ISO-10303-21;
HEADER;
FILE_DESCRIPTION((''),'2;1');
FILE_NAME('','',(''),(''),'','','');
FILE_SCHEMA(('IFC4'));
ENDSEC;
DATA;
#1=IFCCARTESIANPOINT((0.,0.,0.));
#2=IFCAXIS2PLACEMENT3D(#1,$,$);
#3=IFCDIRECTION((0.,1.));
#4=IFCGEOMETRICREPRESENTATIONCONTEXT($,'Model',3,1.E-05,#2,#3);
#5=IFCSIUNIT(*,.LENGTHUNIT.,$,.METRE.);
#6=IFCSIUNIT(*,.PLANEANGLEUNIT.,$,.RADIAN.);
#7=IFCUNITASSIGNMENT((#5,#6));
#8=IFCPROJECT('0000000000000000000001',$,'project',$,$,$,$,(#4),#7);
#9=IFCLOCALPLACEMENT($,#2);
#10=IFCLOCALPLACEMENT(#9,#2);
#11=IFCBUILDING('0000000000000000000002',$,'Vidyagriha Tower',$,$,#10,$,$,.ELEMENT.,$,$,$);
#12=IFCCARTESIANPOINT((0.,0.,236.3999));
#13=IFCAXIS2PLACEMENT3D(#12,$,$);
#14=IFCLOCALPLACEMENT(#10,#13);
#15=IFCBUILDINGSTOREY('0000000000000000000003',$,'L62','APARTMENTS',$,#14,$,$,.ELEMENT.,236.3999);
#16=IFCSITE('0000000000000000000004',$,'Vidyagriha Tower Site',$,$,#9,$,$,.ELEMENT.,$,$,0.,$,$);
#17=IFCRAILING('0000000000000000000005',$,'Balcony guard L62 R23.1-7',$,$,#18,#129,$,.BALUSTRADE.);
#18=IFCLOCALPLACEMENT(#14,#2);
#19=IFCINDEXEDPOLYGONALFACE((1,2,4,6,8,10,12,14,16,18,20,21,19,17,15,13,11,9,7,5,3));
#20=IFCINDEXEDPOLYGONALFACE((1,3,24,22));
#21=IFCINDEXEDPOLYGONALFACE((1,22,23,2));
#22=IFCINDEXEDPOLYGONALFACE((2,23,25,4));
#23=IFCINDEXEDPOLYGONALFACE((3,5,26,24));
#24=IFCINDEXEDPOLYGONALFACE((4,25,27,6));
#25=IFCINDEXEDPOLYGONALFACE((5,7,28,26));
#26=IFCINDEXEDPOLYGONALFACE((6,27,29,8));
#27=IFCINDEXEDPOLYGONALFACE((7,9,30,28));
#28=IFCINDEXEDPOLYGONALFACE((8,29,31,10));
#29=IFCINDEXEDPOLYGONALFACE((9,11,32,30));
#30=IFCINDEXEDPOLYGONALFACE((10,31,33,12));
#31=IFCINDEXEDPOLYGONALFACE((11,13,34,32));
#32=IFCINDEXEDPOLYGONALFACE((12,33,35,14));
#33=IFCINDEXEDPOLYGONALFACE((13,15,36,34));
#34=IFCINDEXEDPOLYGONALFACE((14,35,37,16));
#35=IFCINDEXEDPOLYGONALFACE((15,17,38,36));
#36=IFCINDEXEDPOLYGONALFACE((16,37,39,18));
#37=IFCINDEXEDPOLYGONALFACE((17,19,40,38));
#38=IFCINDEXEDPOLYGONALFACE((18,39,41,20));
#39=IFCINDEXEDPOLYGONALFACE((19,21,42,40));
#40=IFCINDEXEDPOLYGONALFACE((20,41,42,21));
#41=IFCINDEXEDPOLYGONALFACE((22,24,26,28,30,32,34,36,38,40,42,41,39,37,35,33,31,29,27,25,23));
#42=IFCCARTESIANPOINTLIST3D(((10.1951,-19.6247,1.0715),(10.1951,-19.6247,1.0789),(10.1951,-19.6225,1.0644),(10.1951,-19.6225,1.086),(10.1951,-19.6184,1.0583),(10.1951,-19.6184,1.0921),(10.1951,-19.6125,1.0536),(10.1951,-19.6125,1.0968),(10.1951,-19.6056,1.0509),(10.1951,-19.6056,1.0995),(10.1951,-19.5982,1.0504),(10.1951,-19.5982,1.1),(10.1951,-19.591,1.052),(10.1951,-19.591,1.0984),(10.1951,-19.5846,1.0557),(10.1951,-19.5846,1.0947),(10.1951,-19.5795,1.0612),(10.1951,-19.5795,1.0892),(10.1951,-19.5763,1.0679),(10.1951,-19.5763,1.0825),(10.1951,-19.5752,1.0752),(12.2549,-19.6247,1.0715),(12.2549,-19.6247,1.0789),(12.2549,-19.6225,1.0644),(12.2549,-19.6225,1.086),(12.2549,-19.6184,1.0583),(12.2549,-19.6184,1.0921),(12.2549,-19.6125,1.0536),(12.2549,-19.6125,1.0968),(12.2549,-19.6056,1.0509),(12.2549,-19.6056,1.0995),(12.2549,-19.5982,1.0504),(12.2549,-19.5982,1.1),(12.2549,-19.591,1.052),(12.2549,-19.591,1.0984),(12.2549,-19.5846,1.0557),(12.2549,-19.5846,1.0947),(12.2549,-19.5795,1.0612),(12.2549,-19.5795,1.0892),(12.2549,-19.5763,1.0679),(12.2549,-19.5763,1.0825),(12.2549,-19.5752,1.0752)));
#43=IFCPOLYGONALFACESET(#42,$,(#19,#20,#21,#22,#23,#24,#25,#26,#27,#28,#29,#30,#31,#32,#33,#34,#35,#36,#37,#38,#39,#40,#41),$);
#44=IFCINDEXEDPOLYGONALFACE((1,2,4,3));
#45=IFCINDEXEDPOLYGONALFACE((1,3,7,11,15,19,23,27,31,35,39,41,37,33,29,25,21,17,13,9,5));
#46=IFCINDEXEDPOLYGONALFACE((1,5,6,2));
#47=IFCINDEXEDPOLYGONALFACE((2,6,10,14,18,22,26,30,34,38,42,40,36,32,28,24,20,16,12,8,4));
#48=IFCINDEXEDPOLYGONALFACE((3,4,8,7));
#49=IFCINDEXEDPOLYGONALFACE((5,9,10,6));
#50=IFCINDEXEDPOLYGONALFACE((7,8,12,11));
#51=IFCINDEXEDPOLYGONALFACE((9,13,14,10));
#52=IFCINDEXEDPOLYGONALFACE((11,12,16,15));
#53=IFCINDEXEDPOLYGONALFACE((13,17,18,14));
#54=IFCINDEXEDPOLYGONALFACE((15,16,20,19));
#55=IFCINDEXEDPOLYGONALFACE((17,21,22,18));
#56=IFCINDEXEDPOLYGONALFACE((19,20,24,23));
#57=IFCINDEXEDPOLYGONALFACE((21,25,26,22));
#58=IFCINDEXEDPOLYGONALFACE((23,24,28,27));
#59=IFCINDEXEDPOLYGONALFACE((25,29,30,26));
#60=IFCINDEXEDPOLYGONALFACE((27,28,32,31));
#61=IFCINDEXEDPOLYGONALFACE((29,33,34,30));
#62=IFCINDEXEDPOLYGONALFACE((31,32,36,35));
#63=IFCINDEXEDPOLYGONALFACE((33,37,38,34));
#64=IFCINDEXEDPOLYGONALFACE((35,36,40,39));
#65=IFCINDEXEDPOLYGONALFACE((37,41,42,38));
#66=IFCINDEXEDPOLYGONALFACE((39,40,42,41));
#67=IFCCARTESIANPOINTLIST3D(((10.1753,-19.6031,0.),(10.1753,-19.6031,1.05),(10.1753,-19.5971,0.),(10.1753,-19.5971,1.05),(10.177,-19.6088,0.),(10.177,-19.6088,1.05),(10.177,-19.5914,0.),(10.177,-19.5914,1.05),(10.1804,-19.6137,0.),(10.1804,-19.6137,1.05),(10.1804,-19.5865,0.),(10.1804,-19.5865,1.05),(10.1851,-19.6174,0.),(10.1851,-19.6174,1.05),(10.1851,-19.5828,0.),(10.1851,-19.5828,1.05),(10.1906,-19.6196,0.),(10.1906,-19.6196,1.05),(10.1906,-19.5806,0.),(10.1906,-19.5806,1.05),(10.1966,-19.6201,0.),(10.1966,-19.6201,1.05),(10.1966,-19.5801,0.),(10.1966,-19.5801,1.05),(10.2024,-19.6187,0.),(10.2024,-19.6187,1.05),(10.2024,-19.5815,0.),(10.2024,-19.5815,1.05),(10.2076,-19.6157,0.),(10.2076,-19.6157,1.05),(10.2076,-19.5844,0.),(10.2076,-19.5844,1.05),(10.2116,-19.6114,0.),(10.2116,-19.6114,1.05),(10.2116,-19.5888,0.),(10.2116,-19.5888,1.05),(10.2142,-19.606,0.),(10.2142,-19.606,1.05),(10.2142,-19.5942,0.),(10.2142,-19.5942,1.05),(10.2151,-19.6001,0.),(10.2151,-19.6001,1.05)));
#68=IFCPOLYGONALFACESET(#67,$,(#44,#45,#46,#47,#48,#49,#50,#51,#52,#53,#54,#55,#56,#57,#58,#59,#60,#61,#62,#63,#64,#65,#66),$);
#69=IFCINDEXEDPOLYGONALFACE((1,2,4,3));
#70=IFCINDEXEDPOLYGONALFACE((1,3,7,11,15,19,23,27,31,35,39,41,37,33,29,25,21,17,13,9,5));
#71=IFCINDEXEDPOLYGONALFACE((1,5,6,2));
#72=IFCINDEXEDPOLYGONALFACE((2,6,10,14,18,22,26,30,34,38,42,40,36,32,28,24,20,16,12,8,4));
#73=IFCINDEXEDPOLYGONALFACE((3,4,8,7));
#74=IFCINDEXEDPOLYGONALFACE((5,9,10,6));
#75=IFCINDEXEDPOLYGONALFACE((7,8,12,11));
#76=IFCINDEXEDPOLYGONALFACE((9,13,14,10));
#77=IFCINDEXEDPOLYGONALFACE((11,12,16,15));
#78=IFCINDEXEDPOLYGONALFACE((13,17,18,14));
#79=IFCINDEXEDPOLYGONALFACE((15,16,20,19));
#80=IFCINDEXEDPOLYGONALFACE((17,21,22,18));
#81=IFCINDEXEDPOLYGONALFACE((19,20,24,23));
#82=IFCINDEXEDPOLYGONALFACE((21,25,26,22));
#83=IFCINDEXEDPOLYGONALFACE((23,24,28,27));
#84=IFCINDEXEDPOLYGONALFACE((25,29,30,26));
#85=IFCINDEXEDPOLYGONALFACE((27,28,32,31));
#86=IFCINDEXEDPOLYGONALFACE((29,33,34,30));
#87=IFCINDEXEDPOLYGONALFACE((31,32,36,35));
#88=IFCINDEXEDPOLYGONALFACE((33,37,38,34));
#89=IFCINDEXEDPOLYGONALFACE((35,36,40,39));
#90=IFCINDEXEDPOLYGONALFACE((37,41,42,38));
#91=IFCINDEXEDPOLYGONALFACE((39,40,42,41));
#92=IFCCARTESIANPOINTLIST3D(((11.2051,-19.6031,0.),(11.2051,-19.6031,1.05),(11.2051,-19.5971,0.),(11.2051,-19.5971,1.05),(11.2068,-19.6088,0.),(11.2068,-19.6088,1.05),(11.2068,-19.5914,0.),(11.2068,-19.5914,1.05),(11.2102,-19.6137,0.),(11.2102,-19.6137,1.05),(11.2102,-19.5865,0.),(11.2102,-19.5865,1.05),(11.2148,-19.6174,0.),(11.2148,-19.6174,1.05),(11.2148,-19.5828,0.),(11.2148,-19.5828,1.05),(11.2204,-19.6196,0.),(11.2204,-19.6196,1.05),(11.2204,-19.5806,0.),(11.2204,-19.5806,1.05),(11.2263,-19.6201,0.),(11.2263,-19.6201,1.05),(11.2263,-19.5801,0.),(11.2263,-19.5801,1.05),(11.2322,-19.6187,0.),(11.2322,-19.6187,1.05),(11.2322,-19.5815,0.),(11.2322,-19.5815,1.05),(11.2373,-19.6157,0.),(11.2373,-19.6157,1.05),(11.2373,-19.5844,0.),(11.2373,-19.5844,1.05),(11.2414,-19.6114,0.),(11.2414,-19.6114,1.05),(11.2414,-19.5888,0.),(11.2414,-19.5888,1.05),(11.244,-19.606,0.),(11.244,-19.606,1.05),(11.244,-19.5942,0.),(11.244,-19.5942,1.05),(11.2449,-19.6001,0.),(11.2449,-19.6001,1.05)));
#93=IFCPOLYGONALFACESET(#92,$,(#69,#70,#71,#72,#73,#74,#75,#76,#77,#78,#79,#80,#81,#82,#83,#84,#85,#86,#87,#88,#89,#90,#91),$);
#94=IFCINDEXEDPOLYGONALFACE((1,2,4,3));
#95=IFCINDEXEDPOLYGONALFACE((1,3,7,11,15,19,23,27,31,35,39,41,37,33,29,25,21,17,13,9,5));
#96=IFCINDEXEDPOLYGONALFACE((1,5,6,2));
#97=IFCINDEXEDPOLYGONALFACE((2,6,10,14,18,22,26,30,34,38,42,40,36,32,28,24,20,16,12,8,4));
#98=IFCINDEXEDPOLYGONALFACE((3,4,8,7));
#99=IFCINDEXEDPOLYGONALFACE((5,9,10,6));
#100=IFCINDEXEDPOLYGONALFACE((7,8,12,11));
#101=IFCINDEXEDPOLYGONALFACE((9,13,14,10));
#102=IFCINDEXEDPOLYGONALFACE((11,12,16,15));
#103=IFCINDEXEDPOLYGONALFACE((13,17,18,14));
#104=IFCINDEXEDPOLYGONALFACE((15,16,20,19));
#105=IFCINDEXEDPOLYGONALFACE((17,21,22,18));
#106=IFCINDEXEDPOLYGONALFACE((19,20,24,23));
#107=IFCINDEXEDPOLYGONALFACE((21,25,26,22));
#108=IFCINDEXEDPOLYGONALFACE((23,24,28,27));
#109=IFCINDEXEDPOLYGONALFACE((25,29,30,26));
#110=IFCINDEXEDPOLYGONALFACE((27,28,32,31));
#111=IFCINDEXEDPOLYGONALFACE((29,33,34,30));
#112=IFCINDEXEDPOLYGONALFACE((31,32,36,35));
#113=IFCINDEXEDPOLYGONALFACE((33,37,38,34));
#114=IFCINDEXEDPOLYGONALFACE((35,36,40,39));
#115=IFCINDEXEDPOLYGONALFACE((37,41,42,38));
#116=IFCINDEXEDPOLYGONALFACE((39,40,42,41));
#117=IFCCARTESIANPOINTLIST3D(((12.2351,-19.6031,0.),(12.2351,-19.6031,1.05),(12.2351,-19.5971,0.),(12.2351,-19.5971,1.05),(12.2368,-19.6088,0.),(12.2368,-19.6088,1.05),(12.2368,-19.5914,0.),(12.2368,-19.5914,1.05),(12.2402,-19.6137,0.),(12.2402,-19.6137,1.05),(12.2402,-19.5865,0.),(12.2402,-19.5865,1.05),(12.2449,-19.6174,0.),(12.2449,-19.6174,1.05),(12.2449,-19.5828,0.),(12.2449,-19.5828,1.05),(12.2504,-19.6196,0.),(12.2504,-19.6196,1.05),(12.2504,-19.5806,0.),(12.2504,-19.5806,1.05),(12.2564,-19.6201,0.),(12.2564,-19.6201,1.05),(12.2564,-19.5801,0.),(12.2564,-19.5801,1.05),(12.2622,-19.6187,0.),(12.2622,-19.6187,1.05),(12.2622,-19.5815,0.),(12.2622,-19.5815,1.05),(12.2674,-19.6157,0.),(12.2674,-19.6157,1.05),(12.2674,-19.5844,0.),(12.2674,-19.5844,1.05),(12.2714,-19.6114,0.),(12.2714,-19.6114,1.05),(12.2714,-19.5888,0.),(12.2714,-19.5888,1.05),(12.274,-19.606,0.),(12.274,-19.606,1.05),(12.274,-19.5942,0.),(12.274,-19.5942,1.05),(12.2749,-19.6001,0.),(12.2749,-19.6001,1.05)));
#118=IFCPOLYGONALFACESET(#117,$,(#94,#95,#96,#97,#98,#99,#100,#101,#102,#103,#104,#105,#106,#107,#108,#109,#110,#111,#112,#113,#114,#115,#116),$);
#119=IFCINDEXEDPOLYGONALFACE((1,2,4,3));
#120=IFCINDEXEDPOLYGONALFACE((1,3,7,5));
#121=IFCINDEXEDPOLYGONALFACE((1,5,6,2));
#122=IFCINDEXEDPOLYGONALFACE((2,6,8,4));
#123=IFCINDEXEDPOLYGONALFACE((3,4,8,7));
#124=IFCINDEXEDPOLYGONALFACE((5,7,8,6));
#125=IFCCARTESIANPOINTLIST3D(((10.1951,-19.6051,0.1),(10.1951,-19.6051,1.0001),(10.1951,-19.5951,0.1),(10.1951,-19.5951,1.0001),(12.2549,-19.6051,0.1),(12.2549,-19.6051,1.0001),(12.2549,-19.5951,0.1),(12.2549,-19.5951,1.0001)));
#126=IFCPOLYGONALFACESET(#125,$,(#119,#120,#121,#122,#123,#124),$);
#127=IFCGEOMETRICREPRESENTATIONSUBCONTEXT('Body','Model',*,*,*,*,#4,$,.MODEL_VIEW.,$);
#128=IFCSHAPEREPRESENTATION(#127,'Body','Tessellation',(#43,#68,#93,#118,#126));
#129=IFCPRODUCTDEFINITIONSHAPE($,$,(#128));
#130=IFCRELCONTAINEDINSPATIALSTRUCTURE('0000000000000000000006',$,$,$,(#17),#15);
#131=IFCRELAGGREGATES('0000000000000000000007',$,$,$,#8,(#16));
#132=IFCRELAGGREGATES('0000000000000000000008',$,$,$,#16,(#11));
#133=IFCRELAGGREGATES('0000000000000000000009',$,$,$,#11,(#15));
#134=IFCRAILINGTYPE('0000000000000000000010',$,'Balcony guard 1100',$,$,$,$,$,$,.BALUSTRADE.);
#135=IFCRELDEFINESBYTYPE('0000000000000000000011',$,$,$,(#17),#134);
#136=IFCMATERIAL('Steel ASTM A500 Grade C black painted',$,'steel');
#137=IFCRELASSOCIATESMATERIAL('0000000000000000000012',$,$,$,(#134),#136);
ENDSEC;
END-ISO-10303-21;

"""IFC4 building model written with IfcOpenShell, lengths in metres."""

from ifc_helpers import new_model, si_unit, direction, frame, origin, origin_2d, place, context, subcontext, project, spatial, rectangle, circle, extrude, material, type_object, element, save


model = new_model("IFC4")

# Units and contexts
model_context = context("Model", 3, precision=1e-05, world=origin(), true_north=direction((0.0, 1.0)))
body_context = subcontext(model_context, "Body", "Model", "MODEL_VIEW")
ifc_project = project(units=[si_unit("LENGTHUNIT", "METRE"), si_unit("PLANEANGLEUNIT", "RADIAN")], contexts=[model_context])

# Site, building, storey
site_placement = place(None, origin())
site = spatial("IfcSite", under=ifc_project, at=site_placement, Name="Vidyagriha Tower Site", CompositionType="ELEMENT", RefElevation=0.0)
building_placement = place(site_placement, origin())
building = spatial("IfcBuilding", under=site, at=building_placement, Name="Vidyagriha Tower", CompositionType="ELEMENT")
storey_placement = place(building_placement, frame((0.0, 0.0, 236.3999)))
storey = spatial("IfcBuildingStorey", under=building, at=storey_placement, Name="L62", Description="APARTMENTS", CompositionType="ELEMENT", Elevation=236.3999)

# Railing
ifc_material_1 = material(Name="Steel ASTM A500 Grade C black painted", Category="steel")
railing_type = type_object("IfcRailingType", Name="Balcony guard 1100", PredefinedType="BALUSTRADE", material=ifc_material_1)
railing_1_placement = place(storey_placement, frame((10.1951, -19.6001, 0.0)))
element("IfcRailing", 1, at=railing_1_placement, inside=storey, type_object=railing_type, Name="Balcony guard L62 R23.1-7", PredefinedType="BALUSTRADE", context=body_context, shape_type="SweptSolid", body=[
    extrude(circle(Radius=0.0249, at=origin_2d()), frame((0.0, 0.0, 1.0752), z_axis=(1.0, 0.0, 0.0), x_axis=(0.0, 1.0, 0.0)), (0.0, 0.0, 1.0), 2.0598),
    extrude(circle(Radius=0.02, at=origin_2d()), origin(), (0.0, 0.0, 1.0), 1.05),
    extrude(circle(Radius=0.02, at=origin_2d()), frame((1.0298, 0.0, 0.0)), (0.0, 0.0, 1.0), 1.05),
    extrude(circle(Radius=0.02, at=origin_2d()), frame((2.0598, 0.0, 0.0)), (0.0, 0.0, 1.0), 1.05),
    extrude(rectangle(XDim=0.01, YDim=0.9001, at=origin_2d()), frame((0.0, 0.0, 0.55), z_axis=(1.0, 0.0, 0.0), x_axis=(0.0, 1.0, 0.0)), (0.0, 0.0, 1.0), 2.0598),
])

save(model, "model.ifc")
